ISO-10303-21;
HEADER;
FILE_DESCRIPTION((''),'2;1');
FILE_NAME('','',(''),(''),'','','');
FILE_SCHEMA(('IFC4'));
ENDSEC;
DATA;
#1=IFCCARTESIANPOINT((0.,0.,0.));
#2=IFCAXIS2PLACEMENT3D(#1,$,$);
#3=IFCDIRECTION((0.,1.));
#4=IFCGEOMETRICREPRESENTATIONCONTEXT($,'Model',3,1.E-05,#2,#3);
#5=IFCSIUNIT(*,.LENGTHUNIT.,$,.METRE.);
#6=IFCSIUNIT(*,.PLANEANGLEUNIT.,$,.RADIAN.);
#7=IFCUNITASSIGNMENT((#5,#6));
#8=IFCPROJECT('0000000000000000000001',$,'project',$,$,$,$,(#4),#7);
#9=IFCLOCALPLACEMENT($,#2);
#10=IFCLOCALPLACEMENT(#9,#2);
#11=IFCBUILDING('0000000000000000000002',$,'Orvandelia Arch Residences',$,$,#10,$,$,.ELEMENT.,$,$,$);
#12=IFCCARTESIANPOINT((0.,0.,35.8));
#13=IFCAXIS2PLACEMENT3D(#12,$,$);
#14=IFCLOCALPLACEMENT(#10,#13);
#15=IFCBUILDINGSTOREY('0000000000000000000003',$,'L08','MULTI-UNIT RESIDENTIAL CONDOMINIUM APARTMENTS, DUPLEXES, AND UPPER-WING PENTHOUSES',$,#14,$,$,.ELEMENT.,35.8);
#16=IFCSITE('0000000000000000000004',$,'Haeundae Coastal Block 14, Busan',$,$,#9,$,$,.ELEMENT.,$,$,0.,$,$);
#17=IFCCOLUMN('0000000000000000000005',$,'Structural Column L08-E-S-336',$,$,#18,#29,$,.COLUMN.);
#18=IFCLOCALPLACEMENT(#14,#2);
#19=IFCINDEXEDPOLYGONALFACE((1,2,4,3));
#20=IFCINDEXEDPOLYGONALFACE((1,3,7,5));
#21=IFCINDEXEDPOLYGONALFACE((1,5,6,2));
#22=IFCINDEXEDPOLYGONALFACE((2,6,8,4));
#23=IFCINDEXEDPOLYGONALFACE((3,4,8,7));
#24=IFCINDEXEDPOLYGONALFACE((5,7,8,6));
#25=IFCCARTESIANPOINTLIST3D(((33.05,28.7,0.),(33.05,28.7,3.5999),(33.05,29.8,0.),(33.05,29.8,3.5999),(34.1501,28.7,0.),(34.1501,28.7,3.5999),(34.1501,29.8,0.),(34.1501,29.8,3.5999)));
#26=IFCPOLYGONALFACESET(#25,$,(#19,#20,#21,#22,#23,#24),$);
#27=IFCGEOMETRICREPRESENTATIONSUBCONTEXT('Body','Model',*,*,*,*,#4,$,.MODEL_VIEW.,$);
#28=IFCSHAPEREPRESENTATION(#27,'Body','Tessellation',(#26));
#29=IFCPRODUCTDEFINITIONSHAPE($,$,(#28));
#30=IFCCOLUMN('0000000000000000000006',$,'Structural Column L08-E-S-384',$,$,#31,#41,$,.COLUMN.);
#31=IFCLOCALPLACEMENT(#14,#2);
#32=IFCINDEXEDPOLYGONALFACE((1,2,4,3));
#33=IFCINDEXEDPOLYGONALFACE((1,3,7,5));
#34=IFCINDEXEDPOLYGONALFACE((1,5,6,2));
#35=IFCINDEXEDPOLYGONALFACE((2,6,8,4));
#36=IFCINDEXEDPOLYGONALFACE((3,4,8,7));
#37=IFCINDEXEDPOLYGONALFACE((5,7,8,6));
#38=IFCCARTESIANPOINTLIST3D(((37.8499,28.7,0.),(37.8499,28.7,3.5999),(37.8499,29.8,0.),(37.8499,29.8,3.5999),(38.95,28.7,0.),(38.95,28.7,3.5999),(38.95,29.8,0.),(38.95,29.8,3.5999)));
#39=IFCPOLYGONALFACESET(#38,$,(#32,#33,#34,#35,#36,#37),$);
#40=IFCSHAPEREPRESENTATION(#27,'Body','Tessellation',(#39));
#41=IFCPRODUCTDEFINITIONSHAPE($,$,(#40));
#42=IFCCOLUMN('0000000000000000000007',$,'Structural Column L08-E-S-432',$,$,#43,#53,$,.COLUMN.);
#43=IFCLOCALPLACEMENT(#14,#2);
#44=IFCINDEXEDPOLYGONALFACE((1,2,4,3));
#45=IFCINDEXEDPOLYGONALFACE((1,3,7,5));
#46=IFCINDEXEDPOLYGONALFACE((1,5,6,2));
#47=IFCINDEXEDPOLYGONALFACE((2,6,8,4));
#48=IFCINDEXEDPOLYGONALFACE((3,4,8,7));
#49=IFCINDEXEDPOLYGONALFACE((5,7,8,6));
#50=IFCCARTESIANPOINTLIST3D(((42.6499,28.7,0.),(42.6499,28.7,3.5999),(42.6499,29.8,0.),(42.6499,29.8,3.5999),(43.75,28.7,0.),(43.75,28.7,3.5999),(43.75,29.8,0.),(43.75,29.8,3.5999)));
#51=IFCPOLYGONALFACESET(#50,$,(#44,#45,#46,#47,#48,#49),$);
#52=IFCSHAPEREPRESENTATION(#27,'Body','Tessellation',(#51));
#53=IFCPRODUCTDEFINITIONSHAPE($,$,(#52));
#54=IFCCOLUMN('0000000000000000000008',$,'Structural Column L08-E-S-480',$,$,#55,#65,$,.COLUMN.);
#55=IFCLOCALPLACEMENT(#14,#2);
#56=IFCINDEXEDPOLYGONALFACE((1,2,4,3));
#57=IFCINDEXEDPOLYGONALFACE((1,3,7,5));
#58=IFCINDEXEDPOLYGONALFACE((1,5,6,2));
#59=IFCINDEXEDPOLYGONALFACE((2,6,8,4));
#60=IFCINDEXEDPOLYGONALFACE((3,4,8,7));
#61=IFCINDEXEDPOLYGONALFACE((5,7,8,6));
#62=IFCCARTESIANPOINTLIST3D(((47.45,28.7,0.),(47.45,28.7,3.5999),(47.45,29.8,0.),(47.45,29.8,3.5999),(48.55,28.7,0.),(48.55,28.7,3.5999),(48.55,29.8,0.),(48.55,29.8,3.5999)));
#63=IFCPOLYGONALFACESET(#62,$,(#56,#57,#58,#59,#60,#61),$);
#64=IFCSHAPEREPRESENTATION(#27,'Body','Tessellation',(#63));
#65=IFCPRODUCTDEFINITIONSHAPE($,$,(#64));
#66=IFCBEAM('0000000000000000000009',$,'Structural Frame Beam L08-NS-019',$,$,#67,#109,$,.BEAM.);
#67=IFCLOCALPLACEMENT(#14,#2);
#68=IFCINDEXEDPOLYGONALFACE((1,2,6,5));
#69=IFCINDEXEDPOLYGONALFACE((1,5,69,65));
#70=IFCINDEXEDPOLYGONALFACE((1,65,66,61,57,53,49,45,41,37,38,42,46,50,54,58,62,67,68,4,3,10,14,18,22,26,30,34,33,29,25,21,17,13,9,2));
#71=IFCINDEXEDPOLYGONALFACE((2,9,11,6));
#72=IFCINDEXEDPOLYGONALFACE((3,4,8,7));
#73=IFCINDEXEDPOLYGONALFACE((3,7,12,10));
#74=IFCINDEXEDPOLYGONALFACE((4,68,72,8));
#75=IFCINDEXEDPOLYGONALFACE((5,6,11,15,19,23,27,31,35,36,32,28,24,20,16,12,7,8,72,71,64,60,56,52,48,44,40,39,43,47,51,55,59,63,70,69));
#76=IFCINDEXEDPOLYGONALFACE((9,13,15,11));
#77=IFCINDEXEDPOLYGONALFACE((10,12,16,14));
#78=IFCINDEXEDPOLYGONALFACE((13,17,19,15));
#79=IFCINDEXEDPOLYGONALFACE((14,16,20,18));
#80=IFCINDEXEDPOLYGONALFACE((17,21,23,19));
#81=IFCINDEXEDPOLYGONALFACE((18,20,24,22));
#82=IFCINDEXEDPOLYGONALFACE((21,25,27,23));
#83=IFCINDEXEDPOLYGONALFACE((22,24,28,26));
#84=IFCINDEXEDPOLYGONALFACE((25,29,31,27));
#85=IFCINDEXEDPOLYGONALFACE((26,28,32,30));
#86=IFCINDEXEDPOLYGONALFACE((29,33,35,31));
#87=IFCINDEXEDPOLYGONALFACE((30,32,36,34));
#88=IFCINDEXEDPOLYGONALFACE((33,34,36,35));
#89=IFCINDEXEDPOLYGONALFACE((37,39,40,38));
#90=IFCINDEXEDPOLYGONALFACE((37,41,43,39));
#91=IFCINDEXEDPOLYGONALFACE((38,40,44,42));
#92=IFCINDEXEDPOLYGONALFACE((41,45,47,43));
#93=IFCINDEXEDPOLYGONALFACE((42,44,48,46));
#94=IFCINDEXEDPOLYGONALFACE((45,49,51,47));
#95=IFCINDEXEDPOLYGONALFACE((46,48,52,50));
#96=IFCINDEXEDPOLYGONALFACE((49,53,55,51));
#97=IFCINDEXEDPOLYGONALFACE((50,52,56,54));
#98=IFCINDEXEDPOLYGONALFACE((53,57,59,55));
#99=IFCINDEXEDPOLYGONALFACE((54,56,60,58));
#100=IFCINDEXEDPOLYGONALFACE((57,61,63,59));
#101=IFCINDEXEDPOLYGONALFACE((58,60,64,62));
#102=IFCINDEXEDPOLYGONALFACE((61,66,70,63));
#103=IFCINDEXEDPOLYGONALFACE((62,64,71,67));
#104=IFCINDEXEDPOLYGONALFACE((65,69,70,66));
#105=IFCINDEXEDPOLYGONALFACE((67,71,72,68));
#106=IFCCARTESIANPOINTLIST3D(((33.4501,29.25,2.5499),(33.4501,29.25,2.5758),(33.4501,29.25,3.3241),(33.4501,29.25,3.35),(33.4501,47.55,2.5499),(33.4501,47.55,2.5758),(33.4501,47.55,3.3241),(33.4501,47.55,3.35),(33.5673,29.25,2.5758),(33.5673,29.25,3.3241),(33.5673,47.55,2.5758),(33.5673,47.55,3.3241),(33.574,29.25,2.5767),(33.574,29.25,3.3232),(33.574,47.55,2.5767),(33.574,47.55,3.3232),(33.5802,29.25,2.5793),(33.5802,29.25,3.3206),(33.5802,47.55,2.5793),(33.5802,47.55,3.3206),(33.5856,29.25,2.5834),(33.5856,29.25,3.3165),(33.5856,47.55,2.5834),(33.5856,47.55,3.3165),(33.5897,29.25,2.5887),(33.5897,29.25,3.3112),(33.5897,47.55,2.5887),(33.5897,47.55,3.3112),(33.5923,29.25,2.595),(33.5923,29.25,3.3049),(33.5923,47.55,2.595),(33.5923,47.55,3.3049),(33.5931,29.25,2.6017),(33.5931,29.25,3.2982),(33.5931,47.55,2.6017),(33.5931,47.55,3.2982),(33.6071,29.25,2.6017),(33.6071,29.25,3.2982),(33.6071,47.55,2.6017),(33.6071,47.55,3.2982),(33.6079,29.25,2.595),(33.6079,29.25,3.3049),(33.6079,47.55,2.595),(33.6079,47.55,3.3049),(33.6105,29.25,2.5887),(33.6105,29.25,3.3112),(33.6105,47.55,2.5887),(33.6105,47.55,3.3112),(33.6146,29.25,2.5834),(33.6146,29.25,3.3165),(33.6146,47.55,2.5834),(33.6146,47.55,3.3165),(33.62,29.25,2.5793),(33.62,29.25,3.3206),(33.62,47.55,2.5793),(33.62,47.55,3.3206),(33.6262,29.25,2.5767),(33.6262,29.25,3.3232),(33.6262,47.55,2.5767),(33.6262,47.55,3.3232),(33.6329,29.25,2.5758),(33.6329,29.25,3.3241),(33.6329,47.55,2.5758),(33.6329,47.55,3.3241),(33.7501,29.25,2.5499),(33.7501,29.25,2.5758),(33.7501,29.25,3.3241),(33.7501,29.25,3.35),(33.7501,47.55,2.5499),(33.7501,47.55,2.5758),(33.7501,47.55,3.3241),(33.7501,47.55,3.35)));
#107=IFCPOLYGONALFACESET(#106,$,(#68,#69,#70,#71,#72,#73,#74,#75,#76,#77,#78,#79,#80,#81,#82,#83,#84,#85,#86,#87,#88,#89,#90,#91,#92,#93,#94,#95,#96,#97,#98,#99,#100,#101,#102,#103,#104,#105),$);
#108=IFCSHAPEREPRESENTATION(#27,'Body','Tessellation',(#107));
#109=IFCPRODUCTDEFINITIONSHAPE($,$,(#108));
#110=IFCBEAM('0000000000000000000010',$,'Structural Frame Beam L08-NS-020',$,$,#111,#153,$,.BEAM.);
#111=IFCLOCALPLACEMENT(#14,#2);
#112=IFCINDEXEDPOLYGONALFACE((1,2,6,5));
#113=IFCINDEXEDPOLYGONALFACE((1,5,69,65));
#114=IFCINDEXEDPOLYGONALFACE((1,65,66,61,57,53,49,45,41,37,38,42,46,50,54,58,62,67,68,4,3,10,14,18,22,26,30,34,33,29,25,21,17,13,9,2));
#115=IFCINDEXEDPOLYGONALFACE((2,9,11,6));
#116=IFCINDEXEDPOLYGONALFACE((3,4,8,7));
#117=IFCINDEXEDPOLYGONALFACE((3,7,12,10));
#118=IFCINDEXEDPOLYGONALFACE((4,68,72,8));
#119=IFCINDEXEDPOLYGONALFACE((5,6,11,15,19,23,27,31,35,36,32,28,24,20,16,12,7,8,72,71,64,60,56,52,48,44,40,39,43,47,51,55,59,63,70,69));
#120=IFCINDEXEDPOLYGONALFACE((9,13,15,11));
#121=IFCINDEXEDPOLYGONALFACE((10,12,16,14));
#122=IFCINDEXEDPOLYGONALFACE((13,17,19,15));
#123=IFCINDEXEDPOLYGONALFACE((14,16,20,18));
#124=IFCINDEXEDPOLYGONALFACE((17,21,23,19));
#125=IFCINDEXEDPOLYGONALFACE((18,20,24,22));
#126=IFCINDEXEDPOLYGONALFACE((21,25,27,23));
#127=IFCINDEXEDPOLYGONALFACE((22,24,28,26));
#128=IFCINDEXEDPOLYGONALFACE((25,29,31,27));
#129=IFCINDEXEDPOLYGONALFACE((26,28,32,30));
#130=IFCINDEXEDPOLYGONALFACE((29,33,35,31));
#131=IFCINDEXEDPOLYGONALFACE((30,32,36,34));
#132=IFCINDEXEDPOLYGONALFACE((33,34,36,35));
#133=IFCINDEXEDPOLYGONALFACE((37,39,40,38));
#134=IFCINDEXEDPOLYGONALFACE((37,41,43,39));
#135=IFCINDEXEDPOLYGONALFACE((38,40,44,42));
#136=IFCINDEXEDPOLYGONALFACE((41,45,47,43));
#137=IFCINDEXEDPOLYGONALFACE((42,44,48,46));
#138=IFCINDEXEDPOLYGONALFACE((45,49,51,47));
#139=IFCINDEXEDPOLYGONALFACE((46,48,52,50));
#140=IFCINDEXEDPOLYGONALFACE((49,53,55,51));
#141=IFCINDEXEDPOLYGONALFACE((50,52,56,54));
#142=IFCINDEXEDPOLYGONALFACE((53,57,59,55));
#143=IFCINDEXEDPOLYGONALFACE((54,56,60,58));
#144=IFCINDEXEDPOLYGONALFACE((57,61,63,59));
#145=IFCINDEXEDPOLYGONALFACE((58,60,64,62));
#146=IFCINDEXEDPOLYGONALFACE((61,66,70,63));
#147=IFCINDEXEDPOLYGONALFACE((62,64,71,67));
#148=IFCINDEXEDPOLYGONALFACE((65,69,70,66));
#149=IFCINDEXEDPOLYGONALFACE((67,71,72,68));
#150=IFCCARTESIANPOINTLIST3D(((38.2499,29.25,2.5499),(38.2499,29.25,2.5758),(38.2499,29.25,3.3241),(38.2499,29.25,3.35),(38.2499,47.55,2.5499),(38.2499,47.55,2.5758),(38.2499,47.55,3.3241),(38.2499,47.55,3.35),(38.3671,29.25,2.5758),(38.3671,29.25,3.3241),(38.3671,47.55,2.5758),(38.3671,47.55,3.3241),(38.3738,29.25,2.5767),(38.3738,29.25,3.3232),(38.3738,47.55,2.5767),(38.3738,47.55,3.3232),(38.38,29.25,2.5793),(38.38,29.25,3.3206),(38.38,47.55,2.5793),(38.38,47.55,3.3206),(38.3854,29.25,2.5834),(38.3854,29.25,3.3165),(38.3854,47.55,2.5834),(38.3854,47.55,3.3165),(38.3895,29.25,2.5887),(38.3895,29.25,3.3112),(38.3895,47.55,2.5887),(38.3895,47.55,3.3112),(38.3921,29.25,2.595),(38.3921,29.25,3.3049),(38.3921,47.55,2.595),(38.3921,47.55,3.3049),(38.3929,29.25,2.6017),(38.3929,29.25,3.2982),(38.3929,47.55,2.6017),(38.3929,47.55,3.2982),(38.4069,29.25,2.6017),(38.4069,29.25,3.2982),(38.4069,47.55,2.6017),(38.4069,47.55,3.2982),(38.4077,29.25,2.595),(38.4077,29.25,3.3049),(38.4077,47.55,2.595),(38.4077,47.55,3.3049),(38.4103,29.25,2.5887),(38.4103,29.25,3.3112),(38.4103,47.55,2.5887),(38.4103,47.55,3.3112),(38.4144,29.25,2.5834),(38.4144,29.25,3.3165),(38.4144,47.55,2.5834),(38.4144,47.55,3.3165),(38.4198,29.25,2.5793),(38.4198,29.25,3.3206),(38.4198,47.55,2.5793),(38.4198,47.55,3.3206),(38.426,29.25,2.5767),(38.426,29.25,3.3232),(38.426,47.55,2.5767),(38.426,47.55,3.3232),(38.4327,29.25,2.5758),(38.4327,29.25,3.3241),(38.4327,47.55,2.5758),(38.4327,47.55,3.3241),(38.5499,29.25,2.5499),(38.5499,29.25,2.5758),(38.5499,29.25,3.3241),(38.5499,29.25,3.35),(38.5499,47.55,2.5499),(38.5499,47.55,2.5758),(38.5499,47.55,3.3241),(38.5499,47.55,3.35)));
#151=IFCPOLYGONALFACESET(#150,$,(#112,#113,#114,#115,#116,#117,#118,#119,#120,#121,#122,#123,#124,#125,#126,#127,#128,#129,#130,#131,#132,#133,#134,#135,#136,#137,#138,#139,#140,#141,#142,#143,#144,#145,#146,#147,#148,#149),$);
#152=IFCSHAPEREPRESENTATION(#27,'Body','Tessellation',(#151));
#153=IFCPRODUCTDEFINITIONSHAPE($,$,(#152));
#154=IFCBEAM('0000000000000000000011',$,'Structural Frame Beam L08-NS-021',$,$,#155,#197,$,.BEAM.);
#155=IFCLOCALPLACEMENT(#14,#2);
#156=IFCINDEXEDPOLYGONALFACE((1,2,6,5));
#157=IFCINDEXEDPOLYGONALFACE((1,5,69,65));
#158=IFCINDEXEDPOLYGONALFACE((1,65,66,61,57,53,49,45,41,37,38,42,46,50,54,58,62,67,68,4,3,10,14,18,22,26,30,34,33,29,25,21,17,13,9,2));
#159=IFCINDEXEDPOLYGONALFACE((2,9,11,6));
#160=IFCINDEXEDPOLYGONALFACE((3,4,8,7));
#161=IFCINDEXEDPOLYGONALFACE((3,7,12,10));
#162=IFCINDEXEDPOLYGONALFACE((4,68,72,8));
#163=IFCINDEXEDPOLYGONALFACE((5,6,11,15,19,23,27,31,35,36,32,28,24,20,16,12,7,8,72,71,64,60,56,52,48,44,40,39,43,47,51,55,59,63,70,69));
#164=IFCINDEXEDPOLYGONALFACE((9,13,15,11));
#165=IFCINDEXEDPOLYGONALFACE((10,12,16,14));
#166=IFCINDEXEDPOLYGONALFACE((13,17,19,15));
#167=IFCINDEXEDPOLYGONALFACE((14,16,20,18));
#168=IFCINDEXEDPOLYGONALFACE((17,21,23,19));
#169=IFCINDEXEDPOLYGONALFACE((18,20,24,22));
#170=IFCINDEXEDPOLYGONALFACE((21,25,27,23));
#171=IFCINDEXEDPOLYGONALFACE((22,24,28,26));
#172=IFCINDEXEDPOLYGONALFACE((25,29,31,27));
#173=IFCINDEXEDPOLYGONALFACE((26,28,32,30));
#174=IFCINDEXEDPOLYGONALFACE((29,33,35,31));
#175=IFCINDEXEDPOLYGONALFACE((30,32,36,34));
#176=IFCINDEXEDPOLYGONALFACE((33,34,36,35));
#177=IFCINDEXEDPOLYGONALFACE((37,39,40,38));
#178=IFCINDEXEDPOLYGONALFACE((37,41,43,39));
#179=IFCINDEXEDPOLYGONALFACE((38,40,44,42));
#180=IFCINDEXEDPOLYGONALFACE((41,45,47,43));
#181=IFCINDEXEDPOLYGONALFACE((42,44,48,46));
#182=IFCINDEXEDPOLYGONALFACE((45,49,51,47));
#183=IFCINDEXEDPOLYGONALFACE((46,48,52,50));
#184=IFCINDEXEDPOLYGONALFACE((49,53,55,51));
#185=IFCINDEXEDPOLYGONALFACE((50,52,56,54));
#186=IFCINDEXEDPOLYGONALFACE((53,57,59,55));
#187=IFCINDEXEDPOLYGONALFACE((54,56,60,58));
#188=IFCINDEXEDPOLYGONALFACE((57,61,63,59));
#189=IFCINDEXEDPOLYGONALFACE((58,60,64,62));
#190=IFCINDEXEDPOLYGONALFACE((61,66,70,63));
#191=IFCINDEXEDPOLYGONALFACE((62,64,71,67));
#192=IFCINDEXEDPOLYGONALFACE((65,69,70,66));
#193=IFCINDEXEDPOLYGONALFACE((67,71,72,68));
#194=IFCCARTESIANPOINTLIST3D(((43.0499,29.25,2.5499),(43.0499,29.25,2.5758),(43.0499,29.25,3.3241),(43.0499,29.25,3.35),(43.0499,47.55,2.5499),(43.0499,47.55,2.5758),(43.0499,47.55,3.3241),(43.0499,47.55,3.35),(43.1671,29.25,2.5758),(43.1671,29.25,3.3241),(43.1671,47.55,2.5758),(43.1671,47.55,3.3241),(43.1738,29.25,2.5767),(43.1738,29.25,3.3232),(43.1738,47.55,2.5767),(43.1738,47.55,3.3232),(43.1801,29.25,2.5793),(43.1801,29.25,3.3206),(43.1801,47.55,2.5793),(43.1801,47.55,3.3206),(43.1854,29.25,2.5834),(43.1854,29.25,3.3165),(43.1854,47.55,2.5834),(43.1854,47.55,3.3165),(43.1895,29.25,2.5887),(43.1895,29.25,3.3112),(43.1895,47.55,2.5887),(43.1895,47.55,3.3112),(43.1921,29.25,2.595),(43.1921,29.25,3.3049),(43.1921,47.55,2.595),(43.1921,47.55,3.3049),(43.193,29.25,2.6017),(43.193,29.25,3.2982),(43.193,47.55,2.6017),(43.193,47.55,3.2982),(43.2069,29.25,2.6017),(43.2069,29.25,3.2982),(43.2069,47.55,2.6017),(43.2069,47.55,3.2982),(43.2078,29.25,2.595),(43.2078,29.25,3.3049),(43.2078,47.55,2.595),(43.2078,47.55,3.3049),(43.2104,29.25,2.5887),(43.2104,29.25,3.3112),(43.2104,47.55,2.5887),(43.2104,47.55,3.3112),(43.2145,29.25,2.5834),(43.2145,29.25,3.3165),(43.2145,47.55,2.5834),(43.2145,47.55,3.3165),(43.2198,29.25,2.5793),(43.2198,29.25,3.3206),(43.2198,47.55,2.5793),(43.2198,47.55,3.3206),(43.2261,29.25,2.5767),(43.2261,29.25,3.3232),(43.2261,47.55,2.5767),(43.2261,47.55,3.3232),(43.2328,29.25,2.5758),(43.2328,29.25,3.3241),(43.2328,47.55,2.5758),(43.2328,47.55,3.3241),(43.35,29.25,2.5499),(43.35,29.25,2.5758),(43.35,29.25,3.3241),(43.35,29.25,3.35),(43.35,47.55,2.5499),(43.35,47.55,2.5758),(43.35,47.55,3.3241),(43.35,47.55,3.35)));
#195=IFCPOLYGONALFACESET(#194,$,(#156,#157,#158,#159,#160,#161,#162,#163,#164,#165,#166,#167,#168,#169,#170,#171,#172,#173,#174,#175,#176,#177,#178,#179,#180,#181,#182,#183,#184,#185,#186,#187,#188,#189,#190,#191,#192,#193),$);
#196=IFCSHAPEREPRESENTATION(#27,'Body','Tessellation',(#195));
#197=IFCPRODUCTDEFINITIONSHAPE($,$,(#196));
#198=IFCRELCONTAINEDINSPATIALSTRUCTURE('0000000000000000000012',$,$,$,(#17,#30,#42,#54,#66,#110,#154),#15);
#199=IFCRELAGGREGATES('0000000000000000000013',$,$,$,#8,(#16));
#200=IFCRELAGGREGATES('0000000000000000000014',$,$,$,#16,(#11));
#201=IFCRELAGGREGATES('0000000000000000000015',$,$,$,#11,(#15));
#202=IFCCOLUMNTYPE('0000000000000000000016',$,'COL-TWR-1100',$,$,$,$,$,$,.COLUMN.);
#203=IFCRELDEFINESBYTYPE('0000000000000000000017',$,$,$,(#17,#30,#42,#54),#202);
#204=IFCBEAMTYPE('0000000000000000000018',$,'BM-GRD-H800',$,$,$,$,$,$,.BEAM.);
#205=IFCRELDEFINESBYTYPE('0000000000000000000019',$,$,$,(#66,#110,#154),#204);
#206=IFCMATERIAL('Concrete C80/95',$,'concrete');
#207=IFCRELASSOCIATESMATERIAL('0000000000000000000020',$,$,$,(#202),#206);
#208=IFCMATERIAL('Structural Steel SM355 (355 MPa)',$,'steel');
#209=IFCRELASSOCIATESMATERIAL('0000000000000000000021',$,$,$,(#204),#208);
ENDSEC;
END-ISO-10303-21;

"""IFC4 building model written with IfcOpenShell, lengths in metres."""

from ifc_helpers import new_model, si_unit, direction, frame, origin, origin_2d, place, context, subcontext, project, spatial, rectangle, i_section, extrude, material, material_profile, profile_set, type_object, element, save


model = new_model("IFC4")

# Units and contexts
model_context = context("Model", 3, precision=1e-05, world=origin(), true_north=direction((0.0, 1.0)))
body_context = subcontext(model_context, "Body", "Model", "MODEL_VIEW")
ifc_project = project(units=[si_unit("LENGTHUNIT", "METRE"), si_unit("PLANEANGLEUNIT", "RADIAN")], contexts=[model_context])

# Site, building, storey
site_placement = place(None, origin())
site = spatial("IfcSite", under=ifc_project, at=site_placement, Name="Haeundae Coastal Block 14, Busan", CompositionType="ELEMENT", RefElevation=0.0)
building_placement = place(site_placement, origin())
building = spatial("IfcBuilding", under=site, at=building_placement, Name="Orvandelia Arch Residences", CompositionType="ELEMENT")
storey_placement = place(building_placement, frame((0.0, 0.0, 35.8)))
storey = spatial("IfcBuildingStorey", under=building, at=storey_placement, Name="L08", Description="MULTI-UNIT RESIDENTIAL CONDOMINIUM APARTMENTS, DUPLEXES, AND UPPER-WING PENTHOUSES", CompositionType="ELEMENT", Elevation=35.8)

# Columns
ifc_material_1 = material(Name="Concrete C80/95", Category="concrete")
ifc_material_profile_1 = material_profile(ifc_material_1, rectangle(XDim=1.1001, YDim=1.1001, at=origin_2d()), Name="Concrete C80/95", Category="concrete")
ifc_profile_set_1 = profile_set([ifc_material_profile_1], Name="Concrete C80/95")
column_type = type_object("IfcColumnType", Name="COL-TWR-1100", PredefinedType="COLUMN", material=ifc_profile_set_1)
for number, where, z_axis, x_axis, name in (
    (1, (33.6001, 29.25, 0.0), (0.0, 0.0, 1.0), (1.0, 0.0, 0.0), "Structural Column L08-E-S-336"),
    (2, (38.3999, 29.25, 0.0), (0.0, 0.0, 1.0), (1.0, 0.0, 0.0), "Structural Column L08-E-S-384"),
    (3, (43.2, 29.25, 0.0), (0.0, 0.0, 1.0), (1.0, 0.0, 0.0), "Structural Column L08-E-S-432"),
    (4, (48.0, 29.25, 0.0), (0.0, 0.0, 1.0), (1.0, 0.0, 0.0), "Structural Column L08-E-S-480"),
):
    element("IfcColumn", number, at=place(storey_placement, frame(where, z_axis=z_axis, x_axis=x_axis)), inside=storey, type_object=column_type, Name=name, PredefinedType="COLUMN", context=body_context, shape_type="SweptSolid", body=[
        extrude(rectangle(XDim=1.1001, YDim=1.1001, at=origin_2d()), origin(), (0.0, 0.0, 1.0), 3.5999),
    ])

# Beams
ifc_material_2 = material(Name="Structural Steel SM355 (355 MPa)", Category="steel")
ifc_material_profile_2 = material_profile(ifc_material_2, i_section(OverallWidth=0.3, OverallDepth=0.8, WebThickness=0.0139, FlangeThickness=0.0259, FilletRadius=0.0259, at=origin_2d()), Name="Structural Steel SM355 (355 MPa)", Category="steel")
ifc_profile_set_2 = profile_set([ifc_material_profile_2], Name="Structural Steel SM355 (355 MPa)")
beam_type = type_object("IfcBeamType", Name="BM-GRD-H800", PredefinedType="BEAM", material=ifc_profile_set_2)
for number, where, z_axis, x_axis, name in (
    (5, (33.6001, 29.25, 2.95), (0.0, 1.0, 0.0), (-1.0, 0.0, 0.0), "Structural Frame Beam L08-NS-019"),
    (6, (38.3999, 29.25, 2.95), (0.0, 1.0, 0.0), (-1.0, 0.0, 0.0), "Structural Frame Beam L08-NS-020"),
    (7, (43.2, 29.25, 2.95), (0.0, 1.0, 0.0), (-1.0, 0.0, 0.0), "Structural Frame Beam L08-NS-021"),
):
    element("IfcBeam", number, at=place(storey_placement, frame(where, z_axis=z_axis, x_axis=x_axis)), inside=storey, type_object=beam_type, Name=name, PredefinedType="BEAM", context=body_context, shape_type="SweptSolid", body=[
        extrude(i_section(OverallWidth=0.3, OverallDepth=0.8, WebThickness=0.0139, FlangeThickness=0.0259, FilletRadius=0.0259, at=origin_2d()), origin(), (0.0, 0.0, 1.0), 18.3),
    ])

save(model, "model.ifc")
